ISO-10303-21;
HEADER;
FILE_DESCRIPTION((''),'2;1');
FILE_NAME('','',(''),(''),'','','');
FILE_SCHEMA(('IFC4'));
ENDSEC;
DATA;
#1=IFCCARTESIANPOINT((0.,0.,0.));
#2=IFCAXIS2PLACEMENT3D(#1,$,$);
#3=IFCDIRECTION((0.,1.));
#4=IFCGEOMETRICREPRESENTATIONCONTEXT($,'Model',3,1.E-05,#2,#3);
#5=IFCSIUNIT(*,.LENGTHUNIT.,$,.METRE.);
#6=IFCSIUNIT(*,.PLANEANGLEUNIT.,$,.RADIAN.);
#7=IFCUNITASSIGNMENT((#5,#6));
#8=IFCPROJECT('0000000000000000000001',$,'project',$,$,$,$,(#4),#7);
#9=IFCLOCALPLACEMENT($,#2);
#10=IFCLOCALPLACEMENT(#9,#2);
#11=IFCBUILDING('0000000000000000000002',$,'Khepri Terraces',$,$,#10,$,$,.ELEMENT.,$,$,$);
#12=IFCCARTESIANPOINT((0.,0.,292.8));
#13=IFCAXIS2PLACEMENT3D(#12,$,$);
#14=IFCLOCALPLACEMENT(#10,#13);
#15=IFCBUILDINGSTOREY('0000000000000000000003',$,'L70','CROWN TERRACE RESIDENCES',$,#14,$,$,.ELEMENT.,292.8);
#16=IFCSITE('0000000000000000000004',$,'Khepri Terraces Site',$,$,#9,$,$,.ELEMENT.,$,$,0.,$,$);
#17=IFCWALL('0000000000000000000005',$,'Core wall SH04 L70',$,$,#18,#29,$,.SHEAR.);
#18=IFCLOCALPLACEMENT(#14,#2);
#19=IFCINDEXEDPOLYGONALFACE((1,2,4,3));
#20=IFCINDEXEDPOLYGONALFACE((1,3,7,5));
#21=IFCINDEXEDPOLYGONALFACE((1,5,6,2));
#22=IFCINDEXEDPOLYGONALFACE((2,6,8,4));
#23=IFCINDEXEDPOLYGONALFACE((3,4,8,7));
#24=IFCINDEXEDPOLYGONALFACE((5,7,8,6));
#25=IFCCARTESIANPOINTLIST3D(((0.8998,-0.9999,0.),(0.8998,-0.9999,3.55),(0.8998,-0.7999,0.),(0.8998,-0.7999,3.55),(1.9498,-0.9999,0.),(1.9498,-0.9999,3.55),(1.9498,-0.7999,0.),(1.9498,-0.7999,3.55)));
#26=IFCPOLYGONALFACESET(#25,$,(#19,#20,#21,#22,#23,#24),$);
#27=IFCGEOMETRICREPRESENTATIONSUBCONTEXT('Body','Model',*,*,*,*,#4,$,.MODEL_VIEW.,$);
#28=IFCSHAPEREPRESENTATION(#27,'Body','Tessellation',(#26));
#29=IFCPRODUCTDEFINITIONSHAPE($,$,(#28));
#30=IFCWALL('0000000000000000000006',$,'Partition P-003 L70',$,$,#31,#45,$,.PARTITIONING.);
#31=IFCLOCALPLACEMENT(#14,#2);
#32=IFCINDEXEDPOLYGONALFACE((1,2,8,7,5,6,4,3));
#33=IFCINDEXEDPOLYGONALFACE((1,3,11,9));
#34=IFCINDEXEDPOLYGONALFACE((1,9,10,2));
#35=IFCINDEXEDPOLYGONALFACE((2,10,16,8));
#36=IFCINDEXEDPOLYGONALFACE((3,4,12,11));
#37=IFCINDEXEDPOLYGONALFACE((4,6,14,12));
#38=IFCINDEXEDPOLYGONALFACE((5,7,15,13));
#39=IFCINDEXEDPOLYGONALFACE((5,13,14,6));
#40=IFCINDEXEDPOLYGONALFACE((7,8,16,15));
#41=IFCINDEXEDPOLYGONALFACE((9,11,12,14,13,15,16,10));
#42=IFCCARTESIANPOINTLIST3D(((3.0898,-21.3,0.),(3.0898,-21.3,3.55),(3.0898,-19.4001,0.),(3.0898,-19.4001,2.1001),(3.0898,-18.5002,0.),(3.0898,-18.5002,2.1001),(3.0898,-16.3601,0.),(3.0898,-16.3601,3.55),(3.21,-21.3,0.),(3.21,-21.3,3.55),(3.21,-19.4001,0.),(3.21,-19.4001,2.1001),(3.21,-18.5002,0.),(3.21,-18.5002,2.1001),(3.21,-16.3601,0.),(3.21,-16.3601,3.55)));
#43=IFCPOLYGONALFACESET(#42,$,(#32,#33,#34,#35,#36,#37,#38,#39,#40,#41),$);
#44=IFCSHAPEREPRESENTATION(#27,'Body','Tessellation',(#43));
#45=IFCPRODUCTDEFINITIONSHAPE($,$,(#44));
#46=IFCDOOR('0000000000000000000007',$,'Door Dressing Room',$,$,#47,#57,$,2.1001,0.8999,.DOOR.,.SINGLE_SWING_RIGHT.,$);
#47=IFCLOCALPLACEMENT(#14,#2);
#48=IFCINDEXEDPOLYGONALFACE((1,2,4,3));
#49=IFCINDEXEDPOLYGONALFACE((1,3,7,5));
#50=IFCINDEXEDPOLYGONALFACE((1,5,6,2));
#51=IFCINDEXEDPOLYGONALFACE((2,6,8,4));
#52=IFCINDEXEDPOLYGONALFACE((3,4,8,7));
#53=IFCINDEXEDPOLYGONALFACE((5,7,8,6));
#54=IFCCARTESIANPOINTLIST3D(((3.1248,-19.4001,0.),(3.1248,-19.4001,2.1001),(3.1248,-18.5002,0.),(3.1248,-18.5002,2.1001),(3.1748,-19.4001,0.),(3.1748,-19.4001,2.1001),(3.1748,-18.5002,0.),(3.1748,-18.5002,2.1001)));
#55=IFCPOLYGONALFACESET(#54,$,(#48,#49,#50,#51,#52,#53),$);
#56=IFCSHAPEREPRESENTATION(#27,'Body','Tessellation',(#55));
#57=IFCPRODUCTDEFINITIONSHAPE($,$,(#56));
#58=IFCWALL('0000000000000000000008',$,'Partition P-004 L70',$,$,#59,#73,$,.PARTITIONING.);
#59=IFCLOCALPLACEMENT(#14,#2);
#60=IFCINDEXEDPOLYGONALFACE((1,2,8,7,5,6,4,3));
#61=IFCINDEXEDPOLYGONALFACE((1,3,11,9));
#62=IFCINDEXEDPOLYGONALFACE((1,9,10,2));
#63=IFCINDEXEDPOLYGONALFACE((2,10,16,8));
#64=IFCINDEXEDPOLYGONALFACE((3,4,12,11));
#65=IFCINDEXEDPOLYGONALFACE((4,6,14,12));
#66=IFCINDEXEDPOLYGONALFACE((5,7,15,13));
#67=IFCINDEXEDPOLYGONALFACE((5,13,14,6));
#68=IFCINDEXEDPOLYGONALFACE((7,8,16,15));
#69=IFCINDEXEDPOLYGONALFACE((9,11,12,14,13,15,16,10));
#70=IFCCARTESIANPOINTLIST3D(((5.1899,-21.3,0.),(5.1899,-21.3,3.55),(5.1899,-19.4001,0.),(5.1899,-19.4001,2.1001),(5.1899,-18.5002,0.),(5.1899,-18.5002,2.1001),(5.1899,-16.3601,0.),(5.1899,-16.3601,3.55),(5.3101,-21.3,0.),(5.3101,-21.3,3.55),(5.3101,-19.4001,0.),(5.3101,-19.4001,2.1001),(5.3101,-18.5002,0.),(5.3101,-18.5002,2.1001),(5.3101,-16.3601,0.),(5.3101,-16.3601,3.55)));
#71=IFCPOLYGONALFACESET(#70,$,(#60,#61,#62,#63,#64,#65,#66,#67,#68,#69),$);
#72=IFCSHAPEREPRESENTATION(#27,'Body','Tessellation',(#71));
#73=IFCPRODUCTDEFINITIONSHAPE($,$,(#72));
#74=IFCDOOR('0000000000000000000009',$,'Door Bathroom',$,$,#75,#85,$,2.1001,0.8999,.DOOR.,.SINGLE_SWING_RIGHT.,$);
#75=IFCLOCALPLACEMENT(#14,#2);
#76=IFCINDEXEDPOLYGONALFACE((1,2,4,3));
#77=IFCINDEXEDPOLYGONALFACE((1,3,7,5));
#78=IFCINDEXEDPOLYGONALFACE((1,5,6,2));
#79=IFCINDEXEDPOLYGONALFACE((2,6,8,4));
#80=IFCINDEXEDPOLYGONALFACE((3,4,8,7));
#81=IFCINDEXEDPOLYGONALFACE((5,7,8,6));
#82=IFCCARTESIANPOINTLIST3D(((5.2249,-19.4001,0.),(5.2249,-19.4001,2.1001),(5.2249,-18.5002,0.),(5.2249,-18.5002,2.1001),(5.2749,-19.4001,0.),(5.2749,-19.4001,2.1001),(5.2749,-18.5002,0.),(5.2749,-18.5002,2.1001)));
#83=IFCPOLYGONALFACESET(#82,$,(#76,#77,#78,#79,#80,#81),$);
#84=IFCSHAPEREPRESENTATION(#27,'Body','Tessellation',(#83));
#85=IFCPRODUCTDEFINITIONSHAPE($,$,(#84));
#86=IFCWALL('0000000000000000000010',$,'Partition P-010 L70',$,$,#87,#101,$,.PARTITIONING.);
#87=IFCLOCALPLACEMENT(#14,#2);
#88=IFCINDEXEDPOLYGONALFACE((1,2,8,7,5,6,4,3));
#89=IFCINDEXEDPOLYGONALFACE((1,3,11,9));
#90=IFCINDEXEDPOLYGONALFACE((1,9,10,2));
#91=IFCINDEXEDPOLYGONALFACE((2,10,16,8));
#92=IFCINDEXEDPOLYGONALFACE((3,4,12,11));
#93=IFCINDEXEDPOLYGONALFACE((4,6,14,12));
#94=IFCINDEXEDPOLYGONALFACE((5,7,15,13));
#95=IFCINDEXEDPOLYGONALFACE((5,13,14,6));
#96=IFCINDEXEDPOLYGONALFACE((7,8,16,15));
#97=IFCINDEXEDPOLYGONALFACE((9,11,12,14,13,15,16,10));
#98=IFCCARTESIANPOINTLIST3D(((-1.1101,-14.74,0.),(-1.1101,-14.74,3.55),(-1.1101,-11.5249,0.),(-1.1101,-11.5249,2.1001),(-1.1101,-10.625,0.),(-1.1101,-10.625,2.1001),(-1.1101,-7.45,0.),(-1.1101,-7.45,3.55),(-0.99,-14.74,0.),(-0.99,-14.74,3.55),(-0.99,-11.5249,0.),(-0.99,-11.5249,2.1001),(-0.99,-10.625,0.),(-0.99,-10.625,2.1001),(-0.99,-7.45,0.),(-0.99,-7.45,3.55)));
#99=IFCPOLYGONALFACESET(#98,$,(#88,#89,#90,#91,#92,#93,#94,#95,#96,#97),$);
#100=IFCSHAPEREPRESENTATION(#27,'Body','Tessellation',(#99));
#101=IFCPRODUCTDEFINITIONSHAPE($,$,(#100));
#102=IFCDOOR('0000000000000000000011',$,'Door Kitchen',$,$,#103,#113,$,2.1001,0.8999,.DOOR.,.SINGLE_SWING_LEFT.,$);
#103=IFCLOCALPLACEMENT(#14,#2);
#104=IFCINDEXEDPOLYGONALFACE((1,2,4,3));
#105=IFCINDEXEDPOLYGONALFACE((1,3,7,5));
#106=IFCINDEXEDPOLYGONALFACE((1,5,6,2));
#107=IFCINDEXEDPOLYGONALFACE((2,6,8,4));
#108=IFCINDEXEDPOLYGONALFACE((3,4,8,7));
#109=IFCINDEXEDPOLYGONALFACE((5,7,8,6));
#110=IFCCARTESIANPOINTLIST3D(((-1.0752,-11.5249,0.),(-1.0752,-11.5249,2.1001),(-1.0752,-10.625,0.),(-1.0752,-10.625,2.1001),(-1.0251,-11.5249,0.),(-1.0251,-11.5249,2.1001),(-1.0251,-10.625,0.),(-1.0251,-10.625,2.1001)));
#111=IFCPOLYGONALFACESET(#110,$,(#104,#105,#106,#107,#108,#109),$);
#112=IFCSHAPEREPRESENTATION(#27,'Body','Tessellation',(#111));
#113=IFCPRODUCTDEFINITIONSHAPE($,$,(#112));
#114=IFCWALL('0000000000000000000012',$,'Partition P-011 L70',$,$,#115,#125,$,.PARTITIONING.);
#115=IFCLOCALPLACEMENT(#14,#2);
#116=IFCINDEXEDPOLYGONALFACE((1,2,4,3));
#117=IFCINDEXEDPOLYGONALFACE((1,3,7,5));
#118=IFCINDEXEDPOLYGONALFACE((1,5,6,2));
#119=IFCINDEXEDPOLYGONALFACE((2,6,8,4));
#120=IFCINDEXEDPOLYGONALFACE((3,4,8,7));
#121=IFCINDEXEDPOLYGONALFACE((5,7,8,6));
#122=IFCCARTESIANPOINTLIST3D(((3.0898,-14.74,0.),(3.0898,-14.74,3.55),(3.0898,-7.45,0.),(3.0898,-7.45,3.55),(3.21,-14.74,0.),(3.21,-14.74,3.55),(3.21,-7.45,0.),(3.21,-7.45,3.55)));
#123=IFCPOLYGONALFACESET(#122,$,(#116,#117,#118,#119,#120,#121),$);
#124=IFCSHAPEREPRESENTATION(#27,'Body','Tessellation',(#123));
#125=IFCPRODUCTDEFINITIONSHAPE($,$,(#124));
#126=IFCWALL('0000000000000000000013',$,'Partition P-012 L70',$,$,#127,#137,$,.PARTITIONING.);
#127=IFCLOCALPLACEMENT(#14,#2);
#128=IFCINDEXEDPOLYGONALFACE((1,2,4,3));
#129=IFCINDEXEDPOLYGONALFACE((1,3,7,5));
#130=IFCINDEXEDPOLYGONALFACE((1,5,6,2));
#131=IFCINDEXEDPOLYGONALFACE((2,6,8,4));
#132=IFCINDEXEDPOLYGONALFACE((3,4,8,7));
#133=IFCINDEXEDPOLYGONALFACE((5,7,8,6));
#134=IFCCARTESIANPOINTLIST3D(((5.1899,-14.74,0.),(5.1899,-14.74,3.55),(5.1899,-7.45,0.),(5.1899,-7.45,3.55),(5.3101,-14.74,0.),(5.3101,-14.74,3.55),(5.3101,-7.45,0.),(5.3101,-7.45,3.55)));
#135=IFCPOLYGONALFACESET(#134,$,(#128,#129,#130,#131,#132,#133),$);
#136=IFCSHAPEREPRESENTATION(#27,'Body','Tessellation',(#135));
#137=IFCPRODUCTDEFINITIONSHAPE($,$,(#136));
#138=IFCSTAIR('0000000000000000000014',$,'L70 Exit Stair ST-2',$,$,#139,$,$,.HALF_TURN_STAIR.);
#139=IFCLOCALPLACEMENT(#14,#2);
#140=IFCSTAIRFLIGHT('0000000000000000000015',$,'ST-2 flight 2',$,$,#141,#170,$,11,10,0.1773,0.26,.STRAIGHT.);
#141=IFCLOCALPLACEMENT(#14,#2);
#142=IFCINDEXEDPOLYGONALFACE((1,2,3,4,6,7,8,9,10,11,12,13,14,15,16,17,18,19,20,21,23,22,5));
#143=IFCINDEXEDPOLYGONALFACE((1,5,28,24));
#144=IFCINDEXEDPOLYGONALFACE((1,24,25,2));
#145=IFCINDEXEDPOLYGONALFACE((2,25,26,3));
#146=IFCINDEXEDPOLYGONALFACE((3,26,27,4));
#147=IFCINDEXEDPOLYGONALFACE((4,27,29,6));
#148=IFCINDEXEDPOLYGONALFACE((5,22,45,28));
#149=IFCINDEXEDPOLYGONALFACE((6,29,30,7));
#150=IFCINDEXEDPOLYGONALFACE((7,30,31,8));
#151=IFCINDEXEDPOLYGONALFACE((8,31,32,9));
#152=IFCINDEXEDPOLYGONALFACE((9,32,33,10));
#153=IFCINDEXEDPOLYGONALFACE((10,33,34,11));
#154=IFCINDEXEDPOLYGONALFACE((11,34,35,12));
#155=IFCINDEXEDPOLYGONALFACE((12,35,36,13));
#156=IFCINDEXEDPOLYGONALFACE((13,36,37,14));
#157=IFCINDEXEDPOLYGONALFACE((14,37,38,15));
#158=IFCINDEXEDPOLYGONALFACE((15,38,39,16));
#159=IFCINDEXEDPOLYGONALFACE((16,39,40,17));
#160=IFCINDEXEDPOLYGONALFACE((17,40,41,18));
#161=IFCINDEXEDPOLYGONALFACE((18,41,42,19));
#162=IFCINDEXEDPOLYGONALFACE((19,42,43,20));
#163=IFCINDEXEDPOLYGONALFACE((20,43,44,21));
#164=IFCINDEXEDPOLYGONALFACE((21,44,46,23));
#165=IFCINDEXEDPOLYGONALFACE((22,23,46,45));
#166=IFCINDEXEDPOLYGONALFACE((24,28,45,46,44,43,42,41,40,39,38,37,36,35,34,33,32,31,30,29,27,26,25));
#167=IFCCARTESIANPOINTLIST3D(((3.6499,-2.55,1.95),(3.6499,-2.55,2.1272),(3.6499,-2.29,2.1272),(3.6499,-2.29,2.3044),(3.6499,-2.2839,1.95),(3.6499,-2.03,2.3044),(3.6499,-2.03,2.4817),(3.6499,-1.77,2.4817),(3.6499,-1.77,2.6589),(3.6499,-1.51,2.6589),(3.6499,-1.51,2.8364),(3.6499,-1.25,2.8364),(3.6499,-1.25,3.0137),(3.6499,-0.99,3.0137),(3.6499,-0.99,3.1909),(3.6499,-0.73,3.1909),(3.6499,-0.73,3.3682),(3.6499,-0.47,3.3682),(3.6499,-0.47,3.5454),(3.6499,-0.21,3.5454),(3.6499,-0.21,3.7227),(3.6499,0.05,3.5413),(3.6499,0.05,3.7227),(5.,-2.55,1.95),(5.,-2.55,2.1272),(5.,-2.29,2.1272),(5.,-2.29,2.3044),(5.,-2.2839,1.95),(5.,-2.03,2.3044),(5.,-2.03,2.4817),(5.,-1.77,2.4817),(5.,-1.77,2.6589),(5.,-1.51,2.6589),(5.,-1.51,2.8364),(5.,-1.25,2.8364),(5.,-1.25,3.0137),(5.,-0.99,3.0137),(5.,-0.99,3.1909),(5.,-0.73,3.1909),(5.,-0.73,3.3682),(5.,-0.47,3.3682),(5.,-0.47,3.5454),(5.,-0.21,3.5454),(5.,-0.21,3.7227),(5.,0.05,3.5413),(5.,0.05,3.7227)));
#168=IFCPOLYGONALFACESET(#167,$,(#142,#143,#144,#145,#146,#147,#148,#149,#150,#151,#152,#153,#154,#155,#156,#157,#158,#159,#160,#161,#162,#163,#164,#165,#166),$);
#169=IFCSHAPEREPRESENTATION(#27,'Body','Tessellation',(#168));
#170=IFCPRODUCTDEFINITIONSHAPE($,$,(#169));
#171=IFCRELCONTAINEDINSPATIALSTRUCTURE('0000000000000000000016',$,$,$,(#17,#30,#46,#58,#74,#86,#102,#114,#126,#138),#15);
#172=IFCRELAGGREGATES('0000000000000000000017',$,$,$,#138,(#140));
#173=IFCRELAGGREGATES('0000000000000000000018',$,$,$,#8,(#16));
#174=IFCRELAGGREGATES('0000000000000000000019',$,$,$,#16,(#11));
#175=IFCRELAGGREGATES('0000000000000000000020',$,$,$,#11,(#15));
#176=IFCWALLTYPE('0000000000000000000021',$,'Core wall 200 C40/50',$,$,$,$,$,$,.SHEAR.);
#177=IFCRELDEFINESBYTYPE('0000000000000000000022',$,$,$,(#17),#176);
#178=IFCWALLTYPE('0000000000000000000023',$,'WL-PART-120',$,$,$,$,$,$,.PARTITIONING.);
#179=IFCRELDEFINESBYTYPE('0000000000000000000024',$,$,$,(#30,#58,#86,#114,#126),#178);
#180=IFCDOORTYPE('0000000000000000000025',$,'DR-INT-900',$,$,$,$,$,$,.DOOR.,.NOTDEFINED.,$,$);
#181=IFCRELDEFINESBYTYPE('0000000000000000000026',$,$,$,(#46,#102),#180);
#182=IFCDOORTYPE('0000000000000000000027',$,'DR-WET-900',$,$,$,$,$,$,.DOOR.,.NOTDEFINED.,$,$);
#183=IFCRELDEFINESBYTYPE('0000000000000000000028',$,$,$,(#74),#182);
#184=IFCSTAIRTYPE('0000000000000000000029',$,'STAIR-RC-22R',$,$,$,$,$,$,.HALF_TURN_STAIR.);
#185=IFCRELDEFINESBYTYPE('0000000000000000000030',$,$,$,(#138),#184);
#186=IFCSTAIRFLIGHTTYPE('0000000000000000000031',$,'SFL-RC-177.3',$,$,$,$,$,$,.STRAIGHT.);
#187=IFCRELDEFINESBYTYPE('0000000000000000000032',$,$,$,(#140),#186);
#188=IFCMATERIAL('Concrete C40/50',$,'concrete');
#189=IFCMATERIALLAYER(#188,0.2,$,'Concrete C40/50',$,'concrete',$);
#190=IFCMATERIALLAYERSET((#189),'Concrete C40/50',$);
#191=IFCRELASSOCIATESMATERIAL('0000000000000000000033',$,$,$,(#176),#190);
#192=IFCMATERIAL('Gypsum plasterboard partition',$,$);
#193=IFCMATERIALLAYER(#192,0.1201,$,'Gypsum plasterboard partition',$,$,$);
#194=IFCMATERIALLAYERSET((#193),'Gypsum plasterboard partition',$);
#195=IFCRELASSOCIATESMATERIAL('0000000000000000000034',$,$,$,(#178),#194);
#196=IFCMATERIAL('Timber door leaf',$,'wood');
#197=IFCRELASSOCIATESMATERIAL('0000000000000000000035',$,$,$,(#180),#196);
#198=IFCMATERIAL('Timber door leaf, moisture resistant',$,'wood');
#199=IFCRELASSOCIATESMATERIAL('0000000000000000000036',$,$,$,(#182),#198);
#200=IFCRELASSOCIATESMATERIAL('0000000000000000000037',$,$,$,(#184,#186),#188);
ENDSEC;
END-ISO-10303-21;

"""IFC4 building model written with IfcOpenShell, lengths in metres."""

from ifc_helpers import new_model, si_unit, direction, frame, frame_2d, origin, place, context, subcontext, project, spatial, polyline, rectangle, outline, extrude, material, layer, layer_set, type_object, element, fill, aggregate, save


model = new_model("IFC4")

# Units and contexts
model_context = context("Model", 3, precision=1e-05, world=origin(), true_north=direction((0.0, 1.0)))
body_context = subcontext(model_context, "Body", "Model", "MODEL_VIEW")
ifc_project = project(units=[si_unit("LENGTHUNIT", "METRE"), si_unit("PLANEANGLEUNIT", "RADIAN")], contexts=[model_context])

# Site, building, storey
site_placement = place(None, origin())
site = spatial("IfcSite", under=ifc_project, at=site_placement, Name="Khepri Terraces Site", CompositionType="ELEMENT", RefElevation=0.0)
building_placement = place(site_placement, origin())
building = spatial("IfcBuilding", under=site, at=building_placement, Name="Khepri Terraces", CompositionType="ELEMENT")
storey_placement = place(building_placement, frame((0.0, 0.0, 292.8)))
storey = spatial("IfcBuildingStorey", under=building, at=storey_placement, Name="L70", Description="CROWN TERRACE RESIDENCES", CompositionType="ELEMENT", Elevation=292.8)

# Shared definitions
ifc_material_1 = material(Name="Concrete C40/50", Category="concrete")

# Shared definitions
ifc_layer_1 = layer(ifc_material_1, 0.2, Name="Concrete C40/50", Category="concrete")
ifc_layer_set_1 = layer_set([ifc_layer_1], Name="Concrete C40/50")
wall_type_1 = type_object("IfcWallType", Name="Core wall 200 C40/50", PredefinedType="SHEAR", material=ifc_layer_set_1)

# Wall
wall_1_placement = place(storey_placement, frame((0.8999, -0.8999, 0.0), z_axis=(0.0, 0.0, 1.0), x_axis=(1.0, 0.0, 0.0)))
element("IfcWall", 1, at=wall_1_placement, inside=storey, type_object=wall_type_1, Name="Core wall SH04 L70", PredefinedType="SHEAR", context=body_context, shape_type="SweptSolid", body=[
    extrude(rectangle(XDim=1.05, YDim=0.2, at=frame_2d((0.5249, 0.0))), origin(), (0.0, 0.0, 1.0), 3.55),
])

# Walls, openings, doors
ifc_material_2 = material(Name="Gypsum plasterboard partition")
ifc_layer_2 = layer(ifc_material_2, 0.1201, Name="Gypsum plasterboard partition")
ifc_layer_set_2 = layer_set([ifc_layer_2], Name="Gypsum plasterboard partition")
wall_type_2 = type_object("IfcWallType", Name="WL-PART-120", PredefinedType="PARTITIONING", material=ifc_layer_set_2)
wall_2_placement = place(storey_placement, frame((3.1499, -21.3, 0.0), z_axis=(0.0, 0.0, 1.0), x_axis=(0.0, 1.0, 0.0)))
wall_2 = element("IfcWall", 2, at=wall_2_placement, inside=storey, type_object=wall_type_2, Name="Partition P-003 L70", PredefinedType="PARTITIONING", context=body_context, shape_type="SweptSolid", body=[
    extrude(rectangle(XDim=4.9399, YDim=0.1201, at=frame_2d((2.47, 0.0))), origin(), (0.0, 0.0, 1.0), 3.55),
])
opening_1_placement = place(wall_2_placement, frame((1.8999, 0.0, 0.0)))
opening_1 = element("IfcOpeningElement", 3, at=opening_1_placement, cuts=wall_2, PredefinedType="OPENING", context=body_context, shape_type="SweptSolid", body=[
    extrude(rectangle(XDim=0.8999, YDim=2.1001, at=frame_2d((0.45, 1.05))), frame((0.0, 0.0701, 0.0), z_axis=(0.0, -1.0, 0.0), x_axis=(1.0, 0.0, 0.0)), (0.0, 0.0, 1.0), 0.1401),
])
ifc_material_3 = material(Name="Timber door leaf", Category="wood")
door_type_1 = type_object("IfcDoorType", Name="DR-INT-900", OperationType="NOTDEFINED", PredefinedType="DOOR", material=ifc_material_3)
door_1_placement = place(opening_1_placement, frame((0.8999, 0.0, 0.0), z_axis=(0.0, 0.0, 1.0), x_axis=(-1.0, 0.0, 0.0)))
door_1 = element("IfcDoor", 4, at=door_1_placement, inside=storey, type_object=door_type_1, Name="Door Dressing Room", OperationType="SINGLE_SWING_RIGHT", OverallHeight=2.1001, OverallWidth=0.8999, PredefinedType="DOOR", context=body_context, shape_type="SweptSolid", body=[
    extrude(rectangle(XDim=0.8999, YDim=2.1001, at=frame_2d((0.45, 1.05))), frame((0.0, 0.0249, 0.0), z_axis=(0.0, -1.0, 0.0), x_axis=(1.0, 0.0, 0.0)), (0.0, 0.0, 1.0), 0.05),
])
fill(opening_1, door_1)
wall_3_placement = place(storey_placement, frame((5.25, -21.3, 0.0), z_axis=(0.0, 0.0, 1.0), x_axis=(0.0, 1.0, 0.0)))
wall_3 = element("IfcWall", 5, at=wall_3_placement, inside=storey, type_object=wall_type_2, Name="Partition P-004 L70", PredefinedType="PARTITIONING", context=body_context, shape_type="SweptSolid", body=[
    extrude(rectangle(XDim=4.9399, YDim=0.1201, at=frame_2d((2.47, 0.0))), origin(), (0.0, 0.0, 1.0), 3.55),
])
opening_2_placement = place(wall_3_placement, frame((1.8999, 0.0, 0.0)))
opening_2 = element("IfcOpeningElement", 6, at=opening_2_placement, cuts=wall_3, PredefinedType="OPENING", context=body_context, shape_type="SweptSolid", body=[
    extrude(rectangle(XDim=0.8999, YDim=2.1001, at=frame_2d((0.45, 1.05))), frame((0.0, 0.0701, 0.0), z_axis=(0.0, -1.0, 0.0), x_axis=(1.0, 0.0, 0.0)), (0.0, 0.0, 1.0), 0.1401),
])
ifc_material_4 = material(Name="Timber door leaf, moisture resistant", Category="wood")
door_type_2 = type_object("IfcDoorType", Name="DR-WET-900", OperationType="NOTDEFINED", PredefinedType="DOOR", material=ifc_material_4)
door_2_placement = place(opening_2_placement, frame((0.8999, 0.0, 0.0), z_axis=(0.0, 0.0, 1.0), x_axis=(-1.0, 0.0, 0.0)))
door_2 = element("IfcDoor", 7, at=door_2_placement, inside=storey, type_object=door_type_2, Name="Door Bathroom", OperationType="SINGLE_SWING_RIGHT", OverallHeight=2.1001, OverallWidth=0.8999, PredefinedType="DOOR", context=body_context, shape_type="SweptSolid", body=[
    extrude(rectangle(XDim=0.8999, YDim=2.1001, at=frame_2d((0.45, 1.05))), frame((0.0, 0.0249, 0.0), z_axis=(0.0, -1.0, 0.0), x_axis=(1.0, 0.0, 0.0)), (0.0, 0.0, 1.0), 0.05),
])
fill(opening_2, door_2)
wall_4_placement = place(storey_placement, frame((-1.05, -14.74, 0.0), z_axis=(0.0, 0.0, 1.0), x_axis=(0.0, 1.0, 0.0)))
wall_4 = element("IfcWall", 8, at=wall_4_placement, inside=storey, type_object=wall_type_2, Name="Partition P-010 L70", PredefinedType="PARTITIONING", context=body_context, shape_type="SweptSolid", body=[
    extrude(rectangle(XDim=7.29, YDim=0.1201, at=frame_2d((3.645, 0.0))), origin(), (0.0, 0.0, 1.0), 3.55),
])
opening_3_placement = place(wall_4_placement, frame((3.2151, 0.0, 0.0)))
opening_3 = element("IfcOpeningElement", 9, at=opening_3_placement, cuts=wall_4, PredefinedType="OPENING", context=body_context, shape_type="SweptSolid", body=[
    extrude(rectangle(XDim=0.8999, YDim=2.1001, at=frame_2d((0.45, 1.05))), frame((0.0, 0.0701, 0.0), z_axis=(0.0, -1.0, 0.0), x_axis=(1.0, 0.0, 0.0)), (0.0, 0.0, 1.0), 0.1401),
])
door_3_placement = place(opening_3_placement, frame((0.8999, 0.0, 0.0), z_axis=(0.0, 0.0, 1.0), x_axis=(-1.0, 0.0, 0.0)))
door_3 = element("IfcDoor", 10, at=door_3_placement, inside=storey, type_object=door_type_1, Name="Door Kitchen", OperationType="SINGLE_SWING_LEFT", OverallHeight=2.1001, OverallWidth=0.8999, PredefinedType="DOOR", context=body_context, shape_type="SweptSolid", body=[
    extrude(rectangle(XDim=0.8999, YDim=2.1001, at=frame_2d((0.45, 1.05))), frame((0.0, 0.0249, 0.0), z_axis=(0.0, -1.0, 0.0), x_axis=(1.0, 0.0, 0.0)), (0.0, 0.0, 1.0), 0.05),
])
fill(opening_3, door_3)

# Walls
for number, where, z_axis, x_axis, name in (
    (11, (3.1499, -14.74, 0.0), (0.0, 0.0, 1.0), (0.0, 1.0, 0.0), "Partition P-011 L70"),
    (12, (5.25, -14.74, 0.0), (0.0, 0.0, 1.0), (0.0, 1.0, 0.0), "Partition P-012 L70"),
):
    element("IfcWall", number, at=place(storey_placement, frame(where, z_axis=z_axis, x_axis=x_axis)), inside=storey, type_object=wall_type_2, Name=name, PredefinedType="PARTITIONING", context=body_context, shape_type="SweptSolid", body=[
        extrude(rectangle(XDim=7.29, YDim=0.1201, at=frame_2d((3.645, 0.0))), origin(), (0.0, 0.0, 1.0), 3.55),
    ])

# Stair, stair flight
stair_type = type_object("IfcStairType", Name="STAIR-RC-22R", PredefinedType="HALF_TURN_STAIR", material=ifc_material_1)
stair_placement = place(storey_placement, origin())
stair = element("IfcStair", 13, at=stair_placement, inside=storey, type_object=stair_type, Name="L70 Exit Stair ST-2", PredefinedType="HALF_TURN_STAIR")
stair_flight_type = type_object("IfcStairFlightType", Name="SFL-RC-177.3", PredefinedType="STRAIGHT", material=ifc_material_1)
stair_flight_placement = place(storey_placement, frame((4.325, -2.55, 1.95), z_axis=(0.0, 0.0, 1.0), x_axis=(0.0, 1.0, 0.0)))
stair_flight = element("IfcStairFlight", 14, at=stair_flight_placement, type_object=stair_flight_type, Name="ST-2 flight 2", NumberOfRisers=11, NumberOfTreads=10, PredefinedType="STRAIGHT", RiserHeight=0.1773, TreadLength=0.26, context=body_context, shape_type="SweptSolid", body=[
    extrude(outline(polyline([(0.0, 0.0), (0.0, 0.1772), (0.26, 0.1772), (0.26, 0.3545), (0.52, 0.3545), (0.52, 0.5317), (0.78, 0.5317), (0.78, 0.709), (1.04, 0.709), (1.04, 0.8865), (1.3, 0.8865), (1.3, 1.0637), (1.5601, 1.0637), (1.5601, 1.241), (1.8201, 1.241), (1.8201, 1.4182), (2.0801, 1.4182), (2.0801, 1.5955), (2.3401, 1.5955), (2.3401, 1.7727), (2.6001, 1.7727), (2.6001, 1.95), (2.6001, 1.5913), (0.2661, 0.0), (0.0, 0.0)])), frame((0.0, 0.675, 0.0), z_axis=(0.0, -1.0, 0.0), x_axis=(1.0, 0.0, 0.0)), (0.0, 0.0, 1.0), 1.3501),
])
aggregate(stair, [stair_flight])

save(model, "model.ifc")
